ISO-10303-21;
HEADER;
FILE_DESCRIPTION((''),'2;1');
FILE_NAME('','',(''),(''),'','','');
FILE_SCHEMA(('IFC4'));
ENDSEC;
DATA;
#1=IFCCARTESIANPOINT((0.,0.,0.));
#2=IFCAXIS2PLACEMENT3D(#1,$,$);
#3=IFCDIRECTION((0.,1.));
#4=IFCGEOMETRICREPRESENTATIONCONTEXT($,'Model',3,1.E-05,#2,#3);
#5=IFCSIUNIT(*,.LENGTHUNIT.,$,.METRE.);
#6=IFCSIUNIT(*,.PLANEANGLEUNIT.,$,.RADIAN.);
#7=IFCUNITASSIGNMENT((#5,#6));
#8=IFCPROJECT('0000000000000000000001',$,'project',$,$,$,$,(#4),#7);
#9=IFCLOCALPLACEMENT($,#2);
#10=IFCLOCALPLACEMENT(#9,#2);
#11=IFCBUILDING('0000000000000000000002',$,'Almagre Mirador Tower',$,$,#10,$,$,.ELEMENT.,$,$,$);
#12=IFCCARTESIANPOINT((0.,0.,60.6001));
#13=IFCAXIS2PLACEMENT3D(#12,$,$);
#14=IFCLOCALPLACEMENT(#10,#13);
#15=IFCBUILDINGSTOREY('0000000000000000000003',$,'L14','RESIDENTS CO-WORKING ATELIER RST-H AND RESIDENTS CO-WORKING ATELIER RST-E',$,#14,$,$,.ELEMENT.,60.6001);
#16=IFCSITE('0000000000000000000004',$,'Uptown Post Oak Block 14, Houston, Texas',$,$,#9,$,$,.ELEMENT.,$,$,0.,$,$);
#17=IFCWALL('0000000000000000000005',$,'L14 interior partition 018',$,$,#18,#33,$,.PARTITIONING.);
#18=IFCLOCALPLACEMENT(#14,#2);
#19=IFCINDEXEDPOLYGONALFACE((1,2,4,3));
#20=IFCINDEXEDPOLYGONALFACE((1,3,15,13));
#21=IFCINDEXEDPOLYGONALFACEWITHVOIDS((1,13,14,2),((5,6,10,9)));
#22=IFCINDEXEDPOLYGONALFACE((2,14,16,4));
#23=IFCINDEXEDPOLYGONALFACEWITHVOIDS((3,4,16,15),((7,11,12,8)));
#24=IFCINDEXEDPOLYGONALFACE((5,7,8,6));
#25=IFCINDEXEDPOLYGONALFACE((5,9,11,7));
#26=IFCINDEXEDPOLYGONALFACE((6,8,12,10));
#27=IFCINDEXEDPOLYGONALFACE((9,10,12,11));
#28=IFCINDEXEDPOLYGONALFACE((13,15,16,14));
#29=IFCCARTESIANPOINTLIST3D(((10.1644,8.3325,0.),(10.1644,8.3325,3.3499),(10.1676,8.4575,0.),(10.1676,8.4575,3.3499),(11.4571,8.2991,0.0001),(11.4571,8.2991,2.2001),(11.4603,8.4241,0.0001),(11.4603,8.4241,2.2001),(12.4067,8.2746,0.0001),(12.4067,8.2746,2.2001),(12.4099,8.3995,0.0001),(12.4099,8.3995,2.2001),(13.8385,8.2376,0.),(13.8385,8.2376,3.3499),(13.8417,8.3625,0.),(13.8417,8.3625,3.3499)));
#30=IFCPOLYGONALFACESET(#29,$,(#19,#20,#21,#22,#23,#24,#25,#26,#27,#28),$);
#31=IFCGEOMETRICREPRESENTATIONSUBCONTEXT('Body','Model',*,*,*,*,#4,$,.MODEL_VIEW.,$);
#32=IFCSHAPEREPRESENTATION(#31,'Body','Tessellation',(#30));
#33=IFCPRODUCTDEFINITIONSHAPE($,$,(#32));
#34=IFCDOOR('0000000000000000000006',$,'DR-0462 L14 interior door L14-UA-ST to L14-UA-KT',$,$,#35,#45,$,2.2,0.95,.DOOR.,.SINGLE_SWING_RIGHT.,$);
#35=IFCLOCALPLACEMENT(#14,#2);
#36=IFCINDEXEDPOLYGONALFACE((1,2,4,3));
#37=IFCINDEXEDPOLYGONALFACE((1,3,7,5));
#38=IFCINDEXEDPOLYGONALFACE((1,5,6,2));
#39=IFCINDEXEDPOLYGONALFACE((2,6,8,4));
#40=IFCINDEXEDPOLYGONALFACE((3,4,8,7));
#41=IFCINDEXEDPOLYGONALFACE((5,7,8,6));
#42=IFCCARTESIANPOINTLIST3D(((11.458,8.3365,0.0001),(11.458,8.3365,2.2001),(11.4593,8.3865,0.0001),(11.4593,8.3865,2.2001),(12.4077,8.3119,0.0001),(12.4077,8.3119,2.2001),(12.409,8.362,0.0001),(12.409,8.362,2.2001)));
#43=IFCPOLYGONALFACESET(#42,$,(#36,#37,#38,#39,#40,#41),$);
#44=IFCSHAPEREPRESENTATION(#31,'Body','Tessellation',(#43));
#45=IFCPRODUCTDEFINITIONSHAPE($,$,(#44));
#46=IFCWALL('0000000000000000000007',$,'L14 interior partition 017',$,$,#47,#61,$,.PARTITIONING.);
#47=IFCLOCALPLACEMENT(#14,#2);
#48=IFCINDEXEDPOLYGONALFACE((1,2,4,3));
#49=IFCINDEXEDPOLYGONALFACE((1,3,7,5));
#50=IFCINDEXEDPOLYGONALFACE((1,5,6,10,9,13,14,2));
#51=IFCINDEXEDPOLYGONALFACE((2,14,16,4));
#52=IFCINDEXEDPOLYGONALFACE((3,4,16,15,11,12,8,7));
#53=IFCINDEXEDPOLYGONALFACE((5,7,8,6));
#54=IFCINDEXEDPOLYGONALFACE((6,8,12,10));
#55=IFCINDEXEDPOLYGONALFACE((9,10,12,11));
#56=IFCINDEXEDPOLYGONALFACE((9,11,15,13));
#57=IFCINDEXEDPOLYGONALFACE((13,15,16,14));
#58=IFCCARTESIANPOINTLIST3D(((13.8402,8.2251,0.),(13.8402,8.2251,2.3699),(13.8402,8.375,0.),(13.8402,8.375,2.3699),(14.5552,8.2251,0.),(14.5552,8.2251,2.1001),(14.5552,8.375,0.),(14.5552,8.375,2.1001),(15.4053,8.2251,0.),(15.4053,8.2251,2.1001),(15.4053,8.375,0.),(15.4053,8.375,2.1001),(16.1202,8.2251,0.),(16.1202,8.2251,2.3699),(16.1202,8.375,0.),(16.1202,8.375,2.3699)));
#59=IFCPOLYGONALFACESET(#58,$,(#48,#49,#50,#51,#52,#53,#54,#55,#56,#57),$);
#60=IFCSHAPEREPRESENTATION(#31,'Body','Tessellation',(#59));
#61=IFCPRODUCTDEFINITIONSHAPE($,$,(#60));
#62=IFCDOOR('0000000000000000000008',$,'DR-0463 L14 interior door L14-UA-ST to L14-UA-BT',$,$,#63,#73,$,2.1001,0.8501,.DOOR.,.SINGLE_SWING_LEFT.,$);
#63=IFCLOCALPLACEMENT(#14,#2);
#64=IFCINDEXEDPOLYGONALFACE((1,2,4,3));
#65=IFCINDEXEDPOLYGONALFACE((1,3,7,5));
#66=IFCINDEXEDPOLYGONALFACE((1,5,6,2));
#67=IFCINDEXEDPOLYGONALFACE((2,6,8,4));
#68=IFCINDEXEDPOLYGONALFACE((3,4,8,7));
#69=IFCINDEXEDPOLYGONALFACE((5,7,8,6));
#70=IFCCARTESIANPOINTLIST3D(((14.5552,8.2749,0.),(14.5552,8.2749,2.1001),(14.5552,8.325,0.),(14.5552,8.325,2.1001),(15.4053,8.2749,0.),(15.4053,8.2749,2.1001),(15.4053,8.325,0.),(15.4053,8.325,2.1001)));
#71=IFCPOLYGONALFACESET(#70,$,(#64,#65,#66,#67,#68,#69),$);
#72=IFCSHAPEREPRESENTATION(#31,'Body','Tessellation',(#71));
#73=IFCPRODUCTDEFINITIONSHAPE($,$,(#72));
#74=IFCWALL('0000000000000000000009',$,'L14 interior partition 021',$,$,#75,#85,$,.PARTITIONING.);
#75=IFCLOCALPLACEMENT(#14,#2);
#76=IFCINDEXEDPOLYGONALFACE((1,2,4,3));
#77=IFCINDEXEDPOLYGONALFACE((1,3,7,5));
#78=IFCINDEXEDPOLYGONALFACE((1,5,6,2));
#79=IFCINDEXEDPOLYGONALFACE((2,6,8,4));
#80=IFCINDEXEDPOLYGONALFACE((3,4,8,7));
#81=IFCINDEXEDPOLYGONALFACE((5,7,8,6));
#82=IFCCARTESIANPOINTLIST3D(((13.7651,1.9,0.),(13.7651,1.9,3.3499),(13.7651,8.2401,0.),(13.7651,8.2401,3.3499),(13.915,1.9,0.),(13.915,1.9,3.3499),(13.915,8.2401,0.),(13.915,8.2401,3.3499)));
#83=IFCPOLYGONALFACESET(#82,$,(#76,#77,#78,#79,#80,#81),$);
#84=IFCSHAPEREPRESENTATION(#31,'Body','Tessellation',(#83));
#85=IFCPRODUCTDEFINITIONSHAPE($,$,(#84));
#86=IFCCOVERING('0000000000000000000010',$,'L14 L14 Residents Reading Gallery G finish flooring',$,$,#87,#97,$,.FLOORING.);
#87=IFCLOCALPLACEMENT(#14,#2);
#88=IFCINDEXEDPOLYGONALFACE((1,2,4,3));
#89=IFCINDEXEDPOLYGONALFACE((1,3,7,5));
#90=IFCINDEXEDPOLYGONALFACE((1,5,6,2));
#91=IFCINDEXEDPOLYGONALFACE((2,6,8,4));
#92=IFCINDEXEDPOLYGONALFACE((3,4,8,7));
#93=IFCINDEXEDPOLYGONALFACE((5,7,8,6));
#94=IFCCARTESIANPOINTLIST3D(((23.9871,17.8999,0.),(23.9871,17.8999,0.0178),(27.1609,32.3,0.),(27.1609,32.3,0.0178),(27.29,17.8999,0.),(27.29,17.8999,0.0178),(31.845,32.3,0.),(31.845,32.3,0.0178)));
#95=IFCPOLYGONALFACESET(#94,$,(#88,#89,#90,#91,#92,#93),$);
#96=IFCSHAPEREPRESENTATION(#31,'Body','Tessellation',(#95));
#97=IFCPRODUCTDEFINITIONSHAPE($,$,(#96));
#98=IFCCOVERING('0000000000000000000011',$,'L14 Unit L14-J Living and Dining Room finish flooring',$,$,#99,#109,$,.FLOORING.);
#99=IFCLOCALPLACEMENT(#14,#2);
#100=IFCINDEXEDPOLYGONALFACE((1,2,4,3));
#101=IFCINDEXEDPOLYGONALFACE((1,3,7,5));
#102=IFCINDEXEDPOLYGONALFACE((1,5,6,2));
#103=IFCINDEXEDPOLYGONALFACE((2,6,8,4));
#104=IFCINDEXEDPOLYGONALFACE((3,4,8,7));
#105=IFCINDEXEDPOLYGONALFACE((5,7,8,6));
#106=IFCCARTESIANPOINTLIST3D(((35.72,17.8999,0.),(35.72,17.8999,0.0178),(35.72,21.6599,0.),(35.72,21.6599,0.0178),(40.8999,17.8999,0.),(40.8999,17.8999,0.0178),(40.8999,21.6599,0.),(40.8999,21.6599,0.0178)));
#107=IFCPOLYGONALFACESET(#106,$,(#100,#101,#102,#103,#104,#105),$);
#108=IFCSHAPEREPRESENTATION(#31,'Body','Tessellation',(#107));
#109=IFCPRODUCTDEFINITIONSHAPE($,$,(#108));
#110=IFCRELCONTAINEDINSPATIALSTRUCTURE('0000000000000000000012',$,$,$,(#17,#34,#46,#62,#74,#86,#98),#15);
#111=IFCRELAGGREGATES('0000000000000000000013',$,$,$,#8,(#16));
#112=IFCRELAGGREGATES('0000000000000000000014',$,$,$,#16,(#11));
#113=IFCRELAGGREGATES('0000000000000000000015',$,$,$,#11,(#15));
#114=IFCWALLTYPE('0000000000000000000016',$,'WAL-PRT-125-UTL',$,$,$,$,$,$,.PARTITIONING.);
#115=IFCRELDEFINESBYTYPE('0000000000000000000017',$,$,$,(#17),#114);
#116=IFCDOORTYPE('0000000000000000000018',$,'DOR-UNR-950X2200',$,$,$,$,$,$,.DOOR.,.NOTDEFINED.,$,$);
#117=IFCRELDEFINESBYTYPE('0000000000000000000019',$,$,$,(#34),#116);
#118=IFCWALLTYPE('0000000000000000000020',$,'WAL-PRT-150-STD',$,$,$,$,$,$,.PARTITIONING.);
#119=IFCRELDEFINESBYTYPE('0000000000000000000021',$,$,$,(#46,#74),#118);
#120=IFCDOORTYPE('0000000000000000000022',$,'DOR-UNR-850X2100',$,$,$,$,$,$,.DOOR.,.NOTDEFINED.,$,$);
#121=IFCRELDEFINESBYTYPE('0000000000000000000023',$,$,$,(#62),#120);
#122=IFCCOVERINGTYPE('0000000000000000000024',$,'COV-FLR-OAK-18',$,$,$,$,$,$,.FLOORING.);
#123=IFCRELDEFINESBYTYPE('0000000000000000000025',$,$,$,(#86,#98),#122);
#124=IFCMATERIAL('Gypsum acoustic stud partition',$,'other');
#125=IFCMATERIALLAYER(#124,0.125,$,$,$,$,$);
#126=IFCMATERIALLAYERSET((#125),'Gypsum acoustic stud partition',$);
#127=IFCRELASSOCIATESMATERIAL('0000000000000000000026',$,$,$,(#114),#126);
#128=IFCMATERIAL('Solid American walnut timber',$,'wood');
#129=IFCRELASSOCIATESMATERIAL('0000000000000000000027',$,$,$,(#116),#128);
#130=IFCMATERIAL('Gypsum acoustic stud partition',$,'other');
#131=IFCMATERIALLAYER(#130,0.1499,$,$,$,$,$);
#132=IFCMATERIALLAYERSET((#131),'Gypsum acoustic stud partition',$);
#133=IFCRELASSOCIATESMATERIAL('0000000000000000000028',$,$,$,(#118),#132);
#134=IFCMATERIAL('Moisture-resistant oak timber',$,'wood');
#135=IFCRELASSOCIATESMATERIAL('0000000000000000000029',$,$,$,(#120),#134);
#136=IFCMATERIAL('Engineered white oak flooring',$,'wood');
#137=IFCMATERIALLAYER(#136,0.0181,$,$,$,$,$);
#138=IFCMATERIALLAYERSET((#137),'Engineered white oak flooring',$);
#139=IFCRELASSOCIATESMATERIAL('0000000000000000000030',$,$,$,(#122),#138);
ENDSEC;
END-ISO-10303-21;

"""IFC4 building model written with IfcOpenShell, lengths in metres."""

from ifc_helpers import new_model, si_unit, direction, frame, frame_2d, origin, place, context, subcontext, project, spatial, polyline, rectangle, outline, extrude, material, layer, layer_set, type_object, element, fill, save


model = new_model("IFC4")

# Units and contexts
model_context = context("Model", 3, precision=1e-05, world=origin(), true_north=direction((0.0, 1.0)))
body_context = subcontext(model_context, "Body", "Model", "MODEL_VIEW")
ifc_project = project(units=[si_unit("LENGTHUNIT", "METRE"), si_unit("PLANEANGLEUNIT", "RADIAN")], contexts=[model_context])

# Site, building, storey
site_placement = place(None, origin())
site = spatial("IfcSite", under=ifc_project, at=site_placement, Name="Uptown Post Oak Block 14, Houston, Texas", CompositionType="ELEMENT", RefElevation=0.0)
building_placement = place(site_placement, origin())
building = spatial("IfcBuilding", under=site, at=building_placement, Name="Almagre Mirador Tower", CompositionType="ELEMENT")
storey_placement = place(building_placement, frame((0.0, 0.0, 60.6001)))
storey = spatial("IfcBuildingStorey", under=building, at=storey_placement, Name="L14", Description="RESIDENTS CO-WORKING ATELIER RST-H AND RESIDENTS CO-WORKING ATELIER RST-E", CompositionType="ELEMENT", Elevation=60.6001)

# Walls, openings, doors
ifc_material_1 = material(Name="Gypsum acoustic stud partition", Category="other")
ifc_layer_1 = layer(ifc_material_1, 0.125)
ifc_layer_set_1 = layer_set([ifc_layer_1], Name="Gypsum acoustic stud partition")
wall_type_1 = type_object("IfcWallType", Name="WAL-PRT-125-UTL", PredefinedType="PARTITIONING", material=ifc_layer_set_1)
wall_1_placement = place(storey_placement, frame((10.166, 8.395, 0.0), z_axis=(0.0, 0.0, 1.0), x_axis=(0.999666, -0.02584, 0.0)))
wall_1 = element("IfcWall", 1, at=wall_1_placement, inside=storey, type_object=wall_type_1, Name="L14 interior partition 018", PredefinedType="PARTITIONING", context=body_context, shape_type="SweptSolid", body=[
    extrude(rectangle(XDim=3.6753, YDim=0.125, at=frame_2d((1.8376, 0.0))), origin(), (0.0, 0.0, 1.0), 3.3499),
])
opening_1_placement = place(wall_1_placement, frame((1.293, 0.0, 0.0)))
opening_1 = element("IfcOpeningElement", 2, at=opening_1_placement, cuts=wall_1, PredefinedType="OPENING", context=body_context, shape_type="SweptSolid", body=[
    extrude(rectangle(XDim=0.95, YDim=2.2, at=frame_2d((0.4751, 1.1001))), frame((0.0, 0.0725, 0.0), z_axis=(0.0, -1.0, 0.0), x_axis=(1.0, 0.0, 0.0)), (0.0, 0.0, 1.0), 0.145),
])
ifc_material_2 = material(Name="Solid American walnut timber", Category="wood")
door_type_1 = type_object("IfcDoorType", Name="DOR-UNR-950X2200", OperationType="NOTDEFINED", PredefinedType="DOOR", material=ifc_material_2)
door_1_placement = place(opening_1_placement, origin())
door_1 = element("IfcDoor", 3, at=door_1_placement, inside=storey, type_object=door_type_1, Name="DR-0462 L14 interior door L14-UA-ST to L14-UA-KT", OperationType="SINGLE_SWING_RIGHT", OverallHeight=2.2, OverallWidth=0.95, PredefinedType="DOOR", context=body_context, shape_type="SweptSolid", body=[
    extrude(rectangle(XDim=0.95, YDim=2.2, at=frame_2d((0.4751, 1.1001))), frame((0.0, 0.0249, 0.0), z_axis=(0.0, -1.0, 0.0), x_axis=(1.0, 0.0, 0.0)), (0.0, 0.0, 1.0), 0.05),
])
fill(opening_1, door_1)
ifc_material_3 = material(Name="Gypsum acoustic stud partition", Category="other")
ifc_layer_2 = layer(ifc_material_3, 0.1499)
ifc_layer_set_2 = layer_set([ifc_layer_2], Name="Gypsum acoustic stud partition")
wall_type_2 = type_object("IfcWallType", Name="WAL-PRT-150-STD", PredefinedType="PARTITIONING", material=ifc_layer_set_2)
wall_2_placement = place(storey_placement, frame((13.8401, 8.3, 0.0), z_axis=(0.0, 0.0, 1.0), x_axis=(1.0, 0.0, 0.0)))
wall_2 = element("IfcWall", 4, at=wall_2_placement, inside=storey, type_object=wall_type_2, Name="L14 interior partition 017", PredefinedType="PARTITIONING", context=body_context, shape_type="SweptSolid", body=[
    extrude(rectangle(XDim=2.28, YDim=0.1499, at=frame_2d((1.1401, 0.0))), origin(), (0.0, 0.0, 1.0), 2.3699),
])
opening_2_placement = place(wall_2_placement, frame((0.7151, 0.0, 0.0)))
opening_2 = element("IfcOpeningElement", 5, at=opening_2_placement, cuts=wall_2, PredefinedType="OPENING", context=body_context, shape_type="SweptSolid", body=[
    extrude(rectangle(XDim=0.8501, YDim=2.1001, at=frame_2d((0.425, 1.05))), frame((0.0, 0.085, 0.0), z_axis=(0.0, -1.0, 0.0), x_axis=(1.0, 0.0, 0.0)), (0.0, 0.0, 1.0), 0.1699),
])
ifc_material_4 = material(Name="Moisture-resistant oak timber", Category="wood")
door_type_2 = type_object("IfcDoorType", Name="DOR-UNR-850X2100", OperationType="NOTDEFINED", PredefinedType="DOOR", material=ifc_material_4)
door_2_placement = place(opening_2_placement, origin())
door_2 = element("IfcDoor", 6, at=door_2_placement, inside=storey, type_object=door_type_2, Name="DR-0463 L14 interior door L14-UA-ST to L14-UA-BT", OperationType="SINGLE_SWING_LEFT", OverallHeight=2.1001, OverallWidth=0.8501, PredefinedType="DOOR", context=body_context, shape_type="SweptSolid", body=[
    extrude(rectangle(XDim=0.8501, YDim=2.1001, at=frame_2d((0.425, 1.05))), frame((0.0, 0.0249, 0.0), z_axis=(0.0, -1.0, 0.0), x_axis=(1.0, 0.0, 0.0)), (0.0, 0.0, 1.0), 0.05),
])
fill(opening_2, door_2)

# Wall
wall_3_placement = place(storey_placement, frame((13.8401, 8.24, 0.0), z_axis=(0.0, 0.0, 1.0), x_axis=(0.0, -1.0, 0.0)))
element("IfcWall", 7, at=wall_3_placement, inside=storey, type_object=wall_type_2, Name="L14 interior partition 021", PredefinedType="PARTITIONING", context=body_context, shape_type="SweptSolid", body=[
    extrude(rectangle(XDim=6.3401, YDim=0.1499, at=frame_2d((3.1699, 0.0))), origin(), (0.0, 0.0, 1.0), 3.3499),
])

# Coverings
ifc_material_5 = material(Name="Engineered white oak flooring", Category="wood")
ifc_layer_3 = layer(ifc_material_5, 0.0181)
ifc_layer_set_3 = layer_set([ifc_layer_3], Name="Engineered white oak flooring")
covering_type = type_object("IfcCoveringType", Name="COV-FLR-OAK-18", PredefinedType="FLOORING", material=ifc_layer_set_3)
covering_1_placement = place(storey_placement, origin())
element("IfcCovering", 8, at=covering_1_placement, inside=storey, type_object=covering_type, Name="L14 L14 Residents Reading Gallery G finish flooring", PredefinedType="FLOORING", context=body_context, shape_type="SweptSolid", body=[
    extrude(outline(polyline([(27.1609, 32.3), (31.845, 32.3), (27.29, 17.8999), (23.9871, 17.8999), (27.1609, 32.3)])), origin(), (0.0, 0.0, 1.0), 0.0178),
])
covering_2_placement = place(storey_placement, origin())
element("IfcCovering", 9, at=covering_2_placement, inside=storey, type_object=covering_type, Name="L14 Unit L14-J Living and Dining Room finish flooring", PredefinedType="FLOORING", context=body_context, shape_type="SweptSolid", body=[
    extrude(outline(polyline([(35.72, 21.6599), (40.8999, 21.6599), (40.8999, 17.8999), (35.72, 17.8999), (35.72, 21.6599)])), origin(), (0.0, 0.0, 1.0), 0.0178),
])

save(model, "model.ifc")
